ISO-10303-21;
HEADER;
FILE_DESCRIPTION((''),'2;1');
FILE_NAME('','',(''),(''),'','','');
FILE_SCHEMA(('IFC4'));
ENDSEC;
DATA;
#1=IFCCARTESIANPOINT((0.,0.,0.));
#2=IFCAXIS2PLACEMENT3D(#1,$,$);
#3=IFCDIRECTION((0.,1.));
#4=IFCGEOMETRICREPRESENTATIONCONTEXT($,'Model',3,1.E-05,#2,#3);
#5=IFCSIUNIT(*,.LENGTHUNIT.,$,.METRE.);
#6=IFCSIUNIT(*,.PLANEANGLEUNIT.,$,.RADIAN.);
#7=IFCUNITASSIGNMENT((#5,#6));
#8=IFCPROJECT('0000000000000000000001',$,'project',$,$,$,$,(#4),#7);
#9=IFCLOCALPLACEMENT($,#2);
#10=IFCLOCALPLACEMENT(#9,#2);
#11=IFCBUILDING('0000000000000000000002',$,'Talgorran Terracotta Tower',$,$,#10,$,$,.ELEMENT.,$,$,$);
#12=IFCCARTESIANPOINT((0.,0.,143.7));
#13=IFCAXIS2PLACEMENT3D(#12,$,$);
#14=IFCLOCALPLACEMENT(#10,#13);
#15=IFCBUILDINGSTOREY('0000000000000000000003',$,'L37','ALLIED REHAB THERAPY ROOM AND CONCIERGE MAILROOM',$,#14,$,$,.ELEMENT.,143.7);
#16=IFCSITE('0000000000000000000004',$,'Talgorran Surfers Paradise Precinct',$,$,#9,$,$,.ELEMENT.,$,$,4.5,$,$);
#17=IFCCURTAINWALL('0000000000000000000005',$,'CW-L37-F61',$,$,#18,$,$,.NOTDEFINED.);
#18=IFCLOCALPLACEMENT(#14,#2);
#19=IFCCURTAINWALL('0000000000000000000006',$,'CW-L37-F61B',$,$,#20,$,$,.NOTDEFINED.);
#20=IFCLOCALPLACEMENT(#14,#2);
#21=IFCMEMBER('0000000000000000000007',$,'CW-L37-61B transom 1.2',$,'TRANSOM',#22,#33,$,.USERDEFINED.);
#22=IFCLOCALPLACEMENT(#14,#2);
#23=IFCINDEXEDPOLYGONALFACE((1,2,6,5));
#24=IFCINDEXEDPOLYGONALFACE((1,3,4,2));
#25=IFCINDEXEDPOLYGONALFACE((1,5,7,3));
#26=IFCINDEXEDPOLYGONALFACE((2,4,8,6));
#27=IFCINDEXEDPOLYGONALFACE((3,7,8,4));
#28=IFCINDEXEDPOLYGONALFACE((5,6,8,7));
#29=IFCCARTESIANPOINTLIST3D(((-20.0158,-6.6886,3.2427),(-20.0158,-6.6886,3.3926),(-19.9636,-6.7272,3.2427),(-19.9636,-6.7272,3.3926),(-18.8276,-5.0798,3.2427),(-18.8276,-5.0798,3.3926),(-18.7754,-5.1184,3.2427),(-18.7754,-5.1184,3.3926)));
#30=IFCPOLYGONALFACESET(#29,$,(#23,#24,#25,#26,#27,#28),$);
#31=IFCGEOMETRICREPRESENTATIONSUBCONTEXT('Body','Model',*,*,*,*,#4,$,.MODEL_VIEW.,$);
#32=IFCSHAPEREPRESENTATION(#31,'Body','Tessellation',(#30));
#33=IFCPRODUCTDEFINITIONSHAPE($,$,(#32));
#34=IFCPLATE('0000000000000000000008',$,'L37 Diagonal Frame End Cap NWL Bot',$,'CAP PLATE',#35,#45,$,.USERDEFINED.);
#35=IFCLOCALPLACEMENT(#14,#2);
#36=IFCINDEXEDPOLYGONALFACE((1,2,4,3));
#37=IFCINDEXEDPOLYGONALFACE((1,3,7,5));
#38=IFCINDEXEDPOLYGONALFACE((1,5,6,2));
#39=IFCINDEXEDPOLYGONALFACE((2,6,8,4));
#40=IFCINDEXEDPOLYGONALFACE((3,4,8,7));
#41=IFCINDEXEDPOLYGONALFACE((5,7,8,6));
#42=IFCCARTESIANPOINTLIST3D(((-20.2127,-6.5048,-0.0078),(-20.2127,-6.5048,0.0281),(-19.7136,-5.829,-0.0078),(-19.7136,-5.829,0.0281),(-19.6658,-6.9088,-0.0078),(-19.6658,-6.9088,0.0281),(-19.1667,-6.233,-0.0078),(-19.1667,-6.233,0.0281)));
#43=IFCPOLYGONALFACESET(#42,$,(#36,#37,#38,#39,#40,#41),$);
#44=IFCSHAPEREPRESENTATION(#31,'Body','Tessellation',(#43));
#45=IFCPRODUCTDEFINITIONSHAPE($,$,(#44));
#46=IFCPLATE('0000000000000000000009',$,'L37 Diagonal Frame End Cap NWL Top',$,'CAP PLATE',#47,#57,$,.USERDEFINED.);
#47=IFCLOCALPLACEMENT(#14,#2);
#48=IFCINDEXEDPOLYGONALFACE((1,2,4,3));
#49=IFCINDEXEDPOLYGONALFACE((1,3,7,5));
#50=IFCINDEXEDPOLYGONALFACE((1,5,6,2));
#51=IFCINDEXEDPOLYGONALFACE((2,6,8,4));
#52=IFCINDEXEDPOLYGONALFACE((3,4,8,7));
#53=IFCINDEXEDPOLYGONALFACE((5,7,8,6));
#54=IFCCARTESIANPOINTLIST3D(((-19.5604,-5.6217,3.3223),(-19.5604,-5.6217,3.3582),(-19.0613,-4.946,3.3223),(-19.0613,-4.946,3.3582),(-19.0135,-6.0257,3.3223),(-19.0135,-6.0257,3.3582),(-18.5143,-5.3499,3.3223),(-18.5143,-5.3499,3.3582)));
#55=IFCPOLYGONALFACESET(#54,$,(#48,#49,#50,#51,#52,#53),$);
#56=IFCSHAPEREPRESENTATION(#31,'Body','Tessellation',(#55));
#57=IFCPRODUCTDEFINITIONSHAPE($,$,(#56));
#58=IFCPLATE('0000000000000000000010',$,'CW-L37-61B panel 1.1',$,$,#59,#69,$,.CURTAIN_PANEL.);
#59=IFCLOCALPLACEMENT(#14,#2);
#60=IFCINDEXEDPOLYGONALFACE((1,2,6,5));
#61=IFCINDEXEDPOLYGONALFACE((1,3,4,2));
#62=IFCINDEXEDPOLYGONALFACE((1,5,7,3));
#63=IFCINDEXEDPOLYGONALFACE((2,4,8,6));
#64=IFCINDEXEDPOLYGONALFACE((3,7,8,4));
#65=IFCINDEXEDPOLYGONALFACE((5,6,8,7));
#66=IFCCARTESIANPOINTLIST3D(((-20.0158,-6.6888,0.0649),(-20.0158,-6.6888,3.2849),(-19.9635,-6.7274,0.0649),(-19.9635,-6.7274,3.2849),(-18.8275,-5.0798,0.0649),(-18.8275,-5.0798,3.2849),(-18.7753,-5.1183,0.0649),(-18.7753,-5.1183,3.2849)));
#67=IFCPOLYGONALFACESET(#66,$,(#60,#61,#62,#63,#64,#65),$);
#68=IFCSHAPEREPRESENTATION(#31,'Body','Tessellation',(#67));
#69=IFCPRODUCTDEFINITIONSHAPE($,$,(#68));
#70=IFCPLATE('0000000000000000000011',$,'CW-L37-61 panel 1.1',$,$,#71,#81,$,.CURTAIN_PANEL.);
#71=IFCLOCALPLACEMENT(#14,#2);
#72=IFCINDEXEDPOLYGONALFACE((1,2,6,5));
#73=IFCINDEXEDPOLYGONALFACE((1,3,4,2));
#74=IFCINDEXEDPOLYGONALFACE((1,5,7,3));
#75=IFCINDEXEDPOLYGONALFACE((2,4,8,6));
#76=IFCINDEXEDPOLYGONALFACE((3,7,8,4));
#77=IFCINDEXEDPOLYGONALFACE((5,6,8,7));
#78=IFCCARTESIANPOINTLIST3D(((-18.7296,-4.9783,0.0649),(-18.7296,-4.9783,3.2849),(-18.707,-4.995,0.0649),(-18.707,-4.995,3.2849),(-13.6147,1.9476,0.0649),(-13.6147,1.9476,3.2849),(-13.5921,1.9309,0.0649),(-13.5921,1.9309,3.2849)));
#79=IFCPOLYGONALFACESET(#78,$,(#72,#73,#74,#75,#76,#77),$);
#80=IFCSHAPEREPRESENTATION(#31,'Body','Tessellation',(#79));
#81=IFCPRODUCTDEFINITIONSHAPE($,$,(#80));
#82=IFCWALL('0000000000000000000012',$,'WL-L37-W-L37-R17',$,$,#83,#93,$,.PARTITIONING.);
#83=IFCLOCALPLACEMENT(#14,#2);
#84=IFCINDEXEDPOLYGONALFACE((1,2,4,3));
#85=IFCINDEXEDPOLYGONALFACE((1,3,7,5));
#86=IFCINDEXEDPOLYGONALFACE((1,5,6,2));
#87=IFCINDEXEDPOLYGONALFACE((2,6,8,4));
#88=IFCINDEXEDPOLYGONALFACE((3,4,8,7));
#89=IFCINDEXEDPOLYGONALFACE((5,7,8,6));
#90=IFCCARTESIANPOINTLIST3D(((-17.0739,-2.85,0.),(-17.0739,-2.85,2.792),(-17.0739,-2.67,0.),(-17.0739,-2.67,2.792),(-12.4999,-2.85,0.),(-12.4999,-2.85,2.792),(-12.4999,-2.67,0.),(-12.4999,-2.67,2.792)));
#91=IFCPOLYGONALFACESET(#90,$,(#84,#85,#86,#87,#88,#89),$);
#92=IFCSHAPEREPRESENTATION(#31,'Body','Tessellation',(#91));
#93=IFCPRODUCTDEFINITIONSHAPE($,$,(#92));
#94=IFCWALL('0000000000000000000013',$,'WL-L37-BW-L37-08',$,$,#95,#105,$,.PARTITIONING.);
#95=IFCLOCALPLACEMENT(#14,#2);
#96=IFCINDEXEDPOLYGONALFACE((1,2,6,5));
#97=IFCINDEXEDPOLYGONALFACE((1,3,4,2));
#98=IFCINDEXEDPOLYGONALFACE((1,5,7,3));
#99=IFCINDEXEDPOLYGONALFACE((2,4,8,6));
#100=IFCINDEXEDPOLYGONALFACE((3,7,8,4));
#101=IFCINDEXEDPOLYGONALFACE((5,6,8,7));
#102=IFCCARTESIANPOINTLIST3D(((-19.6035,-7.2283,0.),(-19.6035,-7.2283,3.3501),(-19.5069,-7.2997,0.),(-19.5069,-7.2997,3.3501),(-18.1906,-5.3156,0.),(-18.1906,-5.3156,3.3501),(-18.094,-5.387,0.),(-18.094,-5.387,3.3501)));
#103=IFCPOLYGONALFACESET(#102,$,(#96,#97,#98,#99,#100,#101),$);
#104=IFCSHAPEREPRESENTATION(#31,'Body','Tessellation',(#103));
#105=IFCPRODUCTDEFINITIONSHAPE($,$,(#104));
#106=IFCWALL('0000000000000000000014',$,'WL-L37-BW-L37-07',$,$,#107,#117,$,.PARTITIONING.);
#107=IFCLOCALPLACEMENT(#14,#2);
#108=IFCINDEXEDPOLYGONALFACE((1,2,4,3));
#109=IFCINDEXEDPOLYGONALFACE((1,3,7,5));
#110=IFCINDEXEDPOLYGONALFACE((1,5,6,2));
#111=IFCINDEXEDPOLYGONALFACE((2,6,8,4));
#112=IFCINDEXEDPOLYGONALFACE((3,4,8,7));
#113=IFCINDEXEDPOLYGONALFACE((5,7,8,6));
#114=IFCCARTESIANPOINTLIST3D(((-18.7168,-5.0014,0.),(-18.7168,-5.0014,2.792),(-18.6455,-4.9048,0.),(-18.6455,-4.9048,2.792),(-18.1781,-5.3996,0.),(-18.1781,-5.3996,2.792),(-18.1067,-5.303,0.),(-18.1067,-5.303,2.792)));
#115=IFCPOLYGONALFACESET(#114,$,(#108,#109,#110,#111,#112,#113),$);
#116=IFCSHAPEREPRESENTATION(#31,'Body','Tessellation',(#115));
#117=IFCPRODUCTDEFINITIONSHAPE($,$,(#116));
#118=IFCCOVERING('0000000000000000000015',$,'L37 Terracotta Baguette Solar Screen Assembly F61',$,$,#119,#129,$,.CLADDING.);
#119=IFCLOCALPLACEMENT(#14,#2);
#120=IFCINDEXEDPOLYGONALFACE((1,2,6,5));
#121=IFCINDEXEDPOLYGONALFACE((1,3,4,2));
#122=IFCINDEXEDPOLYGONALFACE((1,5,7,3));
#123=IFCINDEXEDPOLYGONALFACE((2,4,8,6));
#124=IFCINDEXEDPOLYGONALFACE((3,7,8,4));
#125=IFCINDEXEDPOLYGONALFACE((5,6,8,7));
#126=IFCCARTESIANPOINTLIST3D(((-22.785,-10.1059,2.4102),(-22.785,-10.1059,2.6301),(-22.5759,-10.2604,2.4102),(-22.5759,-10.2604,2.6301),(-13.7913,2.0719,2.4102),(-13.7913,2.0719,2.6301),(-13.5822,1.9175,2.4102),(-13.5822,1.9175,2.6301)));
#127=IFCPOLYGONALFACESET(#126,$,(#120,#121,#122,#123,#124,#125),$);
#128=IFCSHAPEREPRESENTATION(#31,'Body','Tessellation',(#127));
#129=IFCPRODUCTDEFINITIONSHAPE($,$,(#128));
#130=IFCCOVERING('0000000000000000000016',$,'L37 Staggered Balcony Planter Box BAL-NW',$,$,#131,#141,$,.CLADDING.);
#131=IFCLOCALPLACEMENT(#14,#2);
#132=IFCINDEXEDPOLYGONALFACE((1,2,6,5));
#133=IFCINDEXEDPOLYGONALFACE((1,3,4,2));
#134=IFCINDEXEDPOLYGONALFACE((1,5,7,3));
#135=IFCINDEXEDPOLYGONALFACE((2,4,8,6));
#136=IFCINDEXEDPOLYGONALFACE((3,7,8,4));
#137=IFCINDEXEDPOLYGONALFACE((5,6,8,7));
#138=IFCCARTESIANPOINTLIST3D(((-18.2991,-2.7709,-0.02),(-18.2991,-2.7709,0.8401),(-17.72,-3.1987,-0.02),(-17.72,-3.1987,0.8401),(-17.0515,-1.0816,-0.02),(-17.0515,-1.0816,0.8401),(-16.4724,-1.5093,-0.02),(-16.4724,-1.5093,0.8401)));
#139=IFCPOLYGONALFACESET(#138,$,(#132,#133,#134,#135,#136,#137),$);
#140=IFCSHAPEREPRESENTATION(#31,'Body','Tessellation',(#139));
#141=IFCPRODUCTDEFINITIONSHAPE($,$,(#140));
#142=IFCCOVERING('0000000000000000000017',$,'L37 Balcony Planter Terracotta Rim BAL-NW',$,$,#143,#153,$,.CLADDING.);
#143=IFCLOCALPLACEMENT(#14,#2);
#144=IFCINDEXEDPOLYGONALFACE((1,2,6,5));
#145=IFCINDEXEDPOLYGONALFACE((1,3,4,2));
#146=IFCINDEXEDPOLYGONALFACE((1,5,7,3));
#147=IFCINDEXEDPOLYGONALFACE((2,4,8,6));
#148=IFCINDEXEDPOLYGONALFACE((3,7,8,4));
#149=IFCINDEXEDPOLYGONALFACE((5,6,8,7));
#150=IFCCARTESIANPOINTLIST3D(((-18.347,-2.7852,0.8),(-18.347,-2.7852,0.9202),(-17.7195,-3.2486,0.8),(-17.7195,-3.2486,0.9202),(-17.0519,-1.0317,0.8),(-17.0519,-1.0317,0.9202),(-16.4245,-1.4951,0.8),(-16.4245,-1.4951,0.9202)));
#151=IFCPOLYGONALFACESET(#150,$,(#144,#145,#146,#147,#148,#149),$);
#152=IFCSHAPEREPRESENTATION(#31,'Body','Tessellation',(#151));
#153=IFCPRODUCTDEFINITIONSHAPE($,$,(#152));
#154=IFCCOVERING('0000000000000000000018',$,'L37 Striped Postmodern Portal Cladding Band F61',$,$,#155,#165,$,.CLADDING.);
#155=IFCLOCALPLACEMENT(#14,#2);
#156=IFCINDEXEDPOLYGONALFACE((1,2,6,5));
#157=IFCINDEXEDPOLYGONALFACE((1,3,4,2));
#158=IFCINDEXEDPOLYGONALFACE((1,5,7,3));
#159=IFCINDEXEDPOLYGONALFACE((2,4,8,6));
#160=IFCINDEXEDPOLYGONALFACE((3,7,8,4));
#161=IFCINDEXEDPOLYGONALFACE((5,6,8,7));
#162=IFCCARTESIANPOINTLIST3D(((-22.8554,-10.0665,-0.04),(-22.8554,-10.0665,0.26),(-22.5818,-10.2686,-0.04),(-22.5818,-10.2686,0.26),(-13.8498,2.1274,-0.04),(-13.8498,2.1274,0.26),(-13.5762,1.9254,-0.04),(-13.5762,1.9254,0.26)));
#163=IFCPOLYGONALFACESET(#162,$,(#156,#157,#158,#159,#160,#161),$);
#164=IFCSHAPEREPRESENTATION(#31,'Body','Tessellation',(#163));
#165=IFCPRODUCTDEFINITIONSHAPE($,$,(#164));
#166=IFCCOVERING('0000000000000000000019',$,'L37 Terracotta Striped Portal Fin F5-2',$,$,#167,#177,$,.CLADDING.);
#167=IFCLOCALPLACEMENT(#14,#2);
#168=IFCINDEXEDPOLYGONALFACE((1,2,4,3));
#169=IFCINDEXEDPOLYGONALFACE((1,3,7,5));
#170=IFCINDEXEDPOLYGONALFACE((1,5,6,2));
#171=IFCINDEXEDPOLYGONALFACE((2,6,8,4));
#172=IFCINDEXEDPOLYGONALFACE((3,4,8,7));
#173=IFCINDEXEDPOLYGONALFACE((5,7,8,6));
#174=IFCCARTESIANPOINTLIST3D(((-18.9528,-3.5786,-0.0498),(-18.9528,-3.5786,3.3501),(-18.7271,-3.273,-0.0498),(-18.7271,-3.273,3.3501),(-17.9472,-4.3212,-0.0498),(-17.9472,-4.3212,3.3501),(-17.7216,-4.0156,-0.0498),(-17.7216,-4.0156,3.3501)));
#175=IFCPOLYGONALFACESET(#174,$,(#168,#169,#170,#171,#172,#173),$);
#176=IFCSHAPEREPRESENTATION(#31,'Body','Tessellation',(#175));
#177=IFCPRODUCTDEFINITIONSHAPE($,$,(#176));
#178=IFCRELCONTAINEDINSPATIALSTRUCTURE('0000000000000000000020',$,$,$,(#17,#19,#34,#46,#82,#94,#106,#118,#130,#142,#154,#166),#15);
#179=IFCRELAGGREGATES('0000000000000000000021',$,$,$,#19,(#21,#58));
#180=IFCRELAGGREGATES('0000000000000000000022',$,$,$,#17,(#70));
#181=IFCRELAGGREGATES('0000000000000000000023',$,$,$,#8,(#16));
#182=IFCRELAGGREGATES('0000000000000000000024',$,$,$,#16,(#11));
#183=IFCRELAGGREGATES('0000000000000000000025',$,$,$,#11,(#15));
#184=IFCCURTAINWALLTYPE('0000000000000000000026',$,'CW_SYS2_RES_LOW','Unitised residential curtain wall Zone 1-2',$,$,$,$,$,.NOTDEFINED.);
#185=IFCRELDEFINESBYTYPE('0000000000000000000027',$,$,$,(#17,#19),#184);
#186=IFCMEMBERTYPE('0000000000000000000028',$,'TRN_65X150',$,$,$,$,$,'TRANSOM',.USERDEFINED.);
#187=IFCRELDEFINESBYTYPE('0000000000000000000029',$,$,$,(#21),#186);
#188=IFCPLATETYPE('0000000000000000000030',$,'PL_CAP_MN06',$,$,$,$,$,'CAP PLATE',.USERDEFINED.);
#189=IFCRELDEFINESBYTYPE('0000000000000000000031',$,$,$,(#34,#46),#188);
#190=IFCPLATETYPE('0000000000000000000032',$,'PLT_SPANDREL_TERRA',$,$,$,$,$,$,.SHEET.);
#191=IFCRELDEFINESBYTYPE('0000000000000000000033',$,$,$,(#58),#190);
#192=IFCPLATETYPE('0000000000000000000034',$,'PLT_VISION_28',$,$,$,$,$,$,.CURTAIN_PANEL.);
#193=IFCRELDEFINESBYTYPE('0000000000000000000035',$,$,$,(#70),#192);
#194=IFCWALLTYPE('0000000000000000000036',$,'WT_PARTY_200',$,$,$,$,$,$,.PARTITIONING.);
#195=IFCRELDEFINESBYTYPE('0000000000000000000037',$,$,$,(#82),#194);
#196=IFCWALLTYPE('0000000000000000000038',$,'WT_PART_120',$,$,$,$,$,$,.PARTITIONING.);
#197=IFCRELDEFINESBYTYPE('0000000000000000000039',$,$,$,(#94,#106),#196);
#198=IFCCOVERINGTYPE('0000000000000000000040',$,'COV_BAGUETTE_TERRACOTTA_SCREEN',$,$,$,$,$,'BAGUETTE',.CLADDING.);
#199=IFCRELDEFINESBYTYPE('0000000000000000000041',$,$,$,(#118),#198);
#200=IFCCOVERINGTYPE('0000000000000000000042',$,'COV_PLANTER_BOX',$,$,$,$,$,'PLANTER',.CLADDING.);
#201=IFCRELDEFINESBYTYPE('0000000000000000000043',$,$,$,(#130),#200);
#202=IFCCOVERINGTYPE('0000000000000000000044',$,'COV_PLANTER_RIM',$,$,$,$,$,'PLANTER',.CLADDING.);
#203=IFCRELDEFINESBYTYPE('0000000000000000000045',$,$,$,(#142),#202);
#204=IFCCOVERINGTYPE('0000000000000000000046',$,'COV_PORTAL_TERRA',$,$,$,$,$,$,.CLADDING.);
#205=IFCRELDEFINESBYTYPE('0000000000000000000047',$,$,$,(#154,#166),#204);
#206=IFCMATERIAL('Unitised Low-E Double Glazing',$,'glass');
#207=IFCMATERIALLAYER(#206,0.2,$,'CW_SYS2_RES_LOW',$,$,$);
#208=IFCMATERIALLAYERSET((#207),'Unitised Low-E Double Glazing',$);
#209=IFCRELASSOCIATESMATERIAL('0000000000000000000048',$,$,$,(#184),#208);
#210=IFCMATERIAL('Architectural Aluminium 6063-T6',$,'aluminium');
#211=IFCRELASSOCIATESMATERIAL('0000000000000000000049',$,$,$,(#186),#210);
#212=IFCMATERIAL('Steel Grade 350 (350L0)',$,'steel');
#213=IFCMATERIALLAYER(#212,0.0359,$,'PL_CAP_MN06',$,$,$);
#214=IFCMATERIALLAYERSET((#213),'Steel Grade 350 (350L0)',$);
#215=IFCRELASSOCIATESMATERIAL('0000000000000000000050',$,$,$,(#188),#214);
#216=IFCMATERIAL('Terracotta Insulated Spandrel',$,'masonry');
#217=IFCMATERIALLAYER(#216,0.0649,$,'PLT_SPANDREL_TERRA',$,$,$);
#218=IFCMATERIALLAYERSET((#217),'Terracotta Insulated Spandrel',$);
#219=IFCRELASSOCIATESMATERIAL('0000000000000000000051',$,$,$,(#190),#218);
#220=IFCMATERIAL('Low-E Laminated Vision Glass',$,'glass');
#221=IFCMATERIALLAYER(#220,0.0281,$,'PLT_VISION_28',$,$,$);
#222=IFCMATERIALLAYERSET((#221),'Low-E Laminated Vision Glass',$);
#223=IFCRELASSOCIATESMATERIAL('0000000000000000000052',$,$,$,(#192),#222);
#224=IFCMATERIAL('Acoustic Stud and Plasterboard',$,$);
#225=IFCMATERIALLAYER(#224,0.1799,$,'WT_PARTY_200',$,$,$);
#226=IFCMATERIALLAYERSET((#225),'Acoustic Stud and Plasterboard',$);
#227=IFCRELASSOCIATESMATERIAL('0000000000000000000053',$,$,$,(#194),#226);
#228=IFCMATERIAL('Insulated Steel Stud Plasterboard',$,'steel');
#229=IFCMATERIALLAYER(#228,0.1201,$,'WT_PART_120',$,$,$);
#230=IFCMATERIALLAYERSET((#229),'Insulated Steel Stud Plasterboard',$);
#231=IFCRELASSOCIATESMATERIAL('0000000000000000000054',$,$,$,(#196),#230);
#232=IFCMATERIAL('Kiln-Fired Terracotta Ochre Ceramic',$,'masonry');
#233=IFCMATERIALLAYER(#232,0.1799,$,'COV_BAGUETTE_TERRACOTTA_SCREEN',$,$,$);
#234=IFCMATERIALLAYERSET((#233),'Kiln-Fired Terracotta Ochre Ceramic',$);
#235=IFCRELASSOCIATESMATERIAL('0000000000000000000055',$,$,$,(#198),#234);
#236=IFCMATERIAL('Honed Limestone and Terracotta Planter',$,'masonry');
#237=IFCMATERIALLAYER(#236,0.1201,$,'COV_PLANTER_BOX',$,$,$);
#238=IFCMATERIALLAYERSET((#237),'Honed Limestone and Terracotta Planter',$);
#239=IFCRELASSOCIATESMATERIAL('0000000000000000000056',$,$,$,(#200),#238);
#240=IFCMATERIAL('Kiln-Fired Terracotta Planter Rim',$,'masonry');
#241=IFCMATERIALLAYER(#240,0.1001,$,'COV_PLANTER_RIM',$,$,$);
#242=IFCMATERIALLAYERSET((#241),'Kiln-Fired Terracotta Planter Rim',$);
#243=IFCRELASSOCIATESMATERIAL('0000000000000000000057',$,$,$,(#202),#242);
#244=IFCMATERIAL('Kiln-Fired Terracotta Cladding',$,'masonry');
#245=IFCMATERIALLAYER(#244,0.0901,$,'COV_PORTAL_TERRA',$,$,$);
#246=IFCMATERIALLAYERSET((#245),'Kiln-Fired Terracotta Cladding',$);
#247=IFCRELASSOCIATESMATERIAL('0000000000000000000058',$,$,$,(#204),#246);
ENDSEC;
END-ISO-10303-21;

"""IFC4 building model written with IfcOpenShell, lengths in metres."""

from ifc_helpers import new_model, si_unit, direction, frame, frame_2d, origin, origin_2d, place, context, subcontext, project, spatial, rectangle, extrude, source, transform, mapped, material, layer, layer_set, material_profile, profile_set, type_object, type_shapes, element, aggregate, save


model = new_model("IFC4")

# Units and contexts
model_context = context("Model", 3, precision=1e-05, world=origin(), true_north=direction((0.0, 1.0)))
body_context = subcontext(model_context, "Body", "Model", "MODEL_VIEW")
ifc_project = project(units=[si_unit("LENGTHUNIT", "METRE"), si_unit("PLANEANGLEUNIT", "RADIAN")], contexts=[model_context])

# Site, building, storey
site_placement = place(None, origin())
site = spatial("IfcSite", under=ifc_project, at=site_placement, Name="Talgorran Surfers Paradise Precinct", CompositionType="ELEMENT", RefElevation=4.5)
building_placement = place(site_placement, origin())
building = spatial("IfcBuilding", under=site, at=building_placement, Name="Talgorran Terracotta Tower", CompositionType="ELEMENT")
storey_placement = place(building_placement, frame((0.0, 0.0, 143.7)))
storey = spatial("IfcBuildingStorey", under=building, at=storey_placement, Name="L37", Description="ALLIED REHAB THERAPY ROOM AND CONCIERGE MAILROOM", CompositionType="ELEMENT", Elevation=143.7)

# Shared definitions
ifc_material_1 = material(Name="Steel Grade 350 (350L0)", Category="steel")

# Curtain walls
ifc_material_2 = material(Name="Unitised Low-E Double Glazing", Category="glass")
ifc_layer_1 = layer(ifc_material_2, 0.2, Name="CW_SYS2_RES_LOW")
ifc_layer_set_1 = layer_set([ifc_layer_1], Name="Unitised Low-E Double Glazing")
curtain_wall_type = type_object("IfcCurtainWallType", Name="CW_SYS2_RES_LOW", Description="Unitised residential curtain wall Zone 1-2", PredefinedType="NOTDEFINED", material=ifc_layer_set_1)
curtain_wall_1_placement = place(storey_placement, origin())
curtain_wall_1 = element("IfcCurtainWall", 1, at=curtain_wall_1_placement, inside=storey, type_object=curtain_wall_type, Name="CW-L37-F61", PredefinedType="NOTDEFINED")
ifc_material_3 = material(Name="Architectural Aluminium 6063-T6", Category="aluminium")
curtain_wall_2_placement = place(storey_placement, origin())
curtain_wall_2 = element("IfcCurtainWall", 2, at=curtain_wall_2_placement, inside=storey, type_object=curtain_wall_type, Name="CW-L37-F61B", PredefinedType="NOTDEFINED")

# Member
ifc_material_profile_1 = material_profile(ifc_material_3, rectangle(XDim=0.0649, YDim=0.1499, at=origin_2d()), Name="CWT65X150")
ifc_profile_set_1 = profile_set([ifc_material_profile_1], Name="Architectural Aluminium 6063-T6")
member_type_1 = type_object("IfcMemberType", Name="TRN_65X150", ElementType="TRANSOM", PredefinedType="USERDEFINED", material=ifc_profile_set_1)
member_1_placement = place(storey_placement, frame((-18.8015, -5.0991, 3.3176), z_axis=(-0.594086, -0.804402, 0.0), x_axis=(0.804402, -0.594086, 0.0)))
member_1 = element("IfcMember", 3, at=member_1_placement, type_object=member_type_1, Name="CW-L37-61B transom 1.2", ObjectType="TRANSOM", PredefinedType="USERDEFINED", context=body_context, shape_type="SweptSolid", body=[
    extrude(rectangle(XDim=0.0649, YDim=0.1499, at=origin_2d()), origin(), (0.0, 0.0, 1.0), 2.0),
])

# Plates
ifc_layer_2 = layer(ifc_material_1, 0.0359, Name="PL_CAP_MN06")
ifc_layer_set_2 = layer_set([ifc_layer_2], Name="Steel Grade 350 (350L0)")
plate_type_1 = type_object("IfcPlateType", Name="PL_CAP_MN06", ElementType="CAP PLATE", PredefinedType="USERDEFINED", material=ifc_layer_set_2)
for number, where, z_axis, x_axis, name in (
    (4, (-19.6897, -6.3689, -0.0078), (0.0, 0.0, 1.0), (0.594121, 0.804376, 0.0), "L37 Diagonal Frame End Cap NWL Bot"),
    (5, (-19.0374, -5.4858, 3.3223), (0.0, 0.0, 1.0), (0.594121, 0.804376, 0.0), "L37 Diagonal Frame End Cap NWL Top"),
):
    element("IfcPlate", number, at=place(storey_placement, frame(where, z_axis=z_axis, x_axis=x_axis)), inside=storey, type_object=plate_type_1, Name=name, ObjectType="CAP PLATE", PredefinedType="USERDEFINED", context=body_context, shape_type="SweptSolid", body=[
        extrude(rectangle(XDim=0.8401, YDim=0.6799, at=origin_2d()), origin(), (0.0, 0.0, 1.0), 0.0359),
    ])

# Plates
ifc_material_4 = material(Name="Terracotta Insulated Spandrel", Category="masonry")
ifc_layer_3 = layer(ifc_material_4, 0.0649, Name="PLT_SPANDREL_TERRA")
ifc_layer_set_3 = layer_set([ifc_layer_3], Name="Terracotta Insulated Spandrel")
plate_type_2 = type_object("IfcPlateType", Name="PLT_SPANDREL_TERRA", PredefinedType="SHEET", material=ifc_layer_set_3)
shared_shape_1 = source(origin(), body_context, "Body", "SweptSolid", [
    extrude(rectangle(XDim=2.0002, YDim=0.0649, at=origin_2d()), origin(), (0.0, 0.0, 1.0), 3.22),
])
type_shapes(plate_type_2, [shared_shape_1])
plate_1_placement = place(storey_placement, frame((-19.3955, -5.9036, 0.0649), z_axis=(0.0, 0.0, 1.0), x_axis=(-0.594065, -0.804417, 0.0)))
plate_1 = element("IfcPlate", 6, at=plate_1_placement, type_object=plate_type_2, Name="CW-L37-61B panel 1.1", PredefinedType="CURTAIN_PANEL", context=body_context, shape_type="MappedRepresentation", body=[
    mapped(shared_shape_1, transform((0.0, 0.0, 0.0), scale=1.0)),
])
aggregate(curtain_wall_2, [member_1, plate_1])
ifc_material_5 = material(Name="Low-E Laminated Vision Glass", Category="glass")
ifc_layer_4 = layer(ifc_material_5, 0.0281, Name="PLT_VISION_28")
ifc_layer_set_4 = layer_set([ifc_layer_4], Name="Low-E Laminated Vision Glass")
plate_type_3 = type_object("IfcPlateType", Name="PLT_VISION_28", PredefinedType="CURTAIN_PANEL", material=ifc_layer_set_4)
shared_shape_2 = source(origin(), body_context, "Body", "SweptSolid", [
    extrude(rectangle(XDim=8.6099, YDim=0.0281, at=origin_2d()), origin(), (0.0, 0.0, 1.0), 3.22),
])
type_shapes(plate_type_3, [shared_shape_2])
plate_2_placement = place(storey_placement, frame((-16.1609, -1.5237, 0.0649), z_axis=(0.0, 0.0, 1.0), x_axis=(-0.594074, -0.80441, 0.0)))
plate_2 = element("IfcPlate", 7, at=plate_2_placement, type_object=plate_type_3, Name="CW-L37-61 panel 1.1", PredefinedType="CURTAIN_PANEL", context=body_context, shape_type="MappedRepresentation", body=[
    mapped(shared_shape_2, transform((0.0, 0.0, 0.0), scale=1.0)),
])
aggregate(curtain_wall_1, [plate_2])

# Walls
ifc_material_6 = material(Name="Acoustic Stud and Plasterboard")
ifc_layer_5 = layer(ifc_material_6, 0.1799, Name="WT_PARTY_200")
ifc_layer_set_5 = layer_set([ifc_layer_5], Name="Acoustic Stud and Plasterboard")
wall_type_1 = type_object("IfcWallType", Name="WT_PARTY_200", PredefinedType="PARTITIONING", material=ifc_layer_set_5)
wall_1_placement = place(storey_placement, frame((-17.074, -2.76, 0.0), z_axis=(0.0, 0.0, 1.0), x_axis=(1.0, 0.0, 0.0)))
element("IfcWall", 8, at=wall_1_placement, inside=storey, type_object=wall_type_1, Name="WL-L37-W-L37-R17", PredefinedType="PARTITIONING", context=body_context, shape_type="SweptSolid", body=[
    extrude(rectangle(XDim=4.574, YDim=0.1799, at=frame_2d((2.2871, 0.0))), origin(), (0.0, 0.0, 1.0), 2.792),
])
ifc_material_7 = material(Name="Insulated Steel Stud Plasterboard", Category="steel")
ifc_layer_6 = layer(ifc_material_7, 0.1201, Name="WT_PART_120")
ifc_layer_set_6 = layer_set([ifc_layer_6], Name="Insulated Steel Stud Plasterboard")
wall_type_2 = type_object("IfcWallType", Name="WT_PART_120", PredefinedType="PARTITIONING", material=ifc_layer_set_6)
wall_2_placement = place(storey_placement, frame((-18.1423, -5.3513, 0.0), z_axis=(0.0, 0.0, 1.0), x_axis=(-0.594169, -0.80434, 0.0)))
element("IfcWall", 9, at=wall_2_placement, inside=storey, type_object=wall_type_2, Name="WL-L37-BW-L37-08", PredefinedType="PARTITIONING", context=body_context, shape_type="SweptSolid", body=[
    extrude(rectangle(XDim=2.3779, YDim=0.1201, at=frame_2d((1.189, 0.0))), origin(), (0.0, 0.0, 1.0), 3.3501),
])
wall_3_placement = place(storey_placement, frame((-18.6812, -4.9531, 0.0), z_axis=(0.0, 0.0, 1.0), x_axis=(0.804222, -0.59433, 0.0)))
element("IfcWall", 10, at=wall_3_placement, inside=storey, type_object=wall_type_2, Name="WL-L37-BW-L37-07", PredefinedType="PARTITIONING", context=body_context, shape_type="SweptSolid", body=[
    extrude(rectangle(XDim=0.6699, YDim=0.1201, at=frame_2d((0.335, 0.0))), origin(), (0.0, 0.0, 1.0), 2.792),
])

# Coverings
ifc_material_8 = material(Name="Kiln-Fired Terracotta Ochre Ceramic", Category="masonry")
ifc_layer_7 = layer(ifc_material_8, 0.1799, Name="COV_BAGUETTE_TERRACOTTA_SCREEN")
ifc_layer_set_7 = layer_set([ifc_layer_7], Name="Kiln-Fired Terracotta Ochre Ceramic")
covering_type_1 = type_object("IfcCoveringType", Name="COV_BAGUETTE_TERRACOTTA_SCREEN", ElementType="BAGUETTE", PredefinedType="CLADDING", material=ifc_layer_set_7)
covering_1_placement = place(storey_placement, frame((-18.1836, -4.0942, 2.4102), z_axis=(0.0, 0.0, 1.0), x_axis=(-0.594079, -0.804407, 0.0)))
element("IfcCovering", 11, at=covering_1_placement, inside=storey, type_object=covering_type_1, Name="L37 Terracotta Baguette Solar Screen Assembly F61", PredefinedType="CLADDING", context=body_context, shape_type="SweptSolid", body=[
    extrude(rectangle(XDim=15.1389, YDim=0.26, at=origin_2d()), origin(), (0.0, 0.0, 1.0), 0.22),
])
ifc_material_9 = material(Name="Honed Limestone and Terracotta Planter", Category="masonry")
ifc_layer_8 = layer(ifc_material_9, 0.1201, Name="COV_PLANTER_BOX")
ifc_layer_set_8 = layer_set([ifc_layer_8], Name="Honed Limestone and Terracotta Planter")
covering_type_2 = type_object("IfcCoveringType", Name="COV_PLANTER_BOX", ElementType="PLANTER", PredefinedType="CLADDING", material=ifc_layer_set_8)
covering_2_placement = place(storey_placement, frame((-17.3857, -2.1401, -0.02), z_axis=(0.0, 0.0, 1.0), x_axis=(-0.594079, -0.804407, 0.0)))
element("IfcCovering", 12, at=covering_2_placement, inside=storey, type_object=covering_type_2, Name="L37 Staggered Balcony Planter Box BAL-NW", PredefinedType="CLADDING", context=body_context, shape_type="SweptSolid", body=[
    extrude(rectangle(XDim=2.1001, YDim=0.72, at=origin_2d()), origin(), (0.0, 0.0, 1.0), 0.8601),
])
ifc_material_10 = material(Name="Kiln-Fired Terracotta Planter Rim", Category="masonry")
ifc_layer_9 = layer(ifc_material_10, 0.1001, Name="COV_PLANTER_RIM")
ifc_layer_set_9 = layer_set([ifc_layer_9], Name="Kiln-Fired Terracotta Planter Rim")
covering_type_3 = type_object("IfcCoveringType", Name="COV_PLANTER_RIM", ElementType="PLANTER", PredefinedType="CLADDING", material=ifc_layer_set_9)
covering_3_placement = place(storey_placement, frame((-17.3857, -2.1401, 0.8), z_axis=(0.0, 0.0, 1.0), x_axis=(-0.594079, -0.804407, 0.0)))
element("IfcCovering", 13, at=covering_3_placement, inside=storey, type_object=covering_type_3, Name="L37 Balcony Planter Terracotta Rim BAL-NW", PredefinedType="CLADDING", context=body_context, shape_type="SweptSolid", body=[
    extrude(rectangle(XDim=2.1799, YDim=0.78, at=origin_2d()), origin(), (0.0, 0.0, 1.0), 0.1201),
])
ifc_material_11 = material(Name="Kiln-Fired Terracotta Cladding", Category="masonry")
ifc_layer_10 = layer(ifc_material_11, 0.0901, Name="COV_PORTAL_TERRA")
ifc_layer_set_10 = layer_set([ifc_layer_10], Name="Kiln-Fired Terracotta Cladding")
covering_type_4 = type_object("IfcCoveringType", Name="COV_PORTAL_TERRA", PredefinedType="CLADDING", material=ifc_layer_set_10)
covering_4_placement = place(storey_placement, frame((-18.2158, -4.0706, -0.04), z_axis=(0.0, 0.0, 1.0), x_axis=(-0.594079, -0.804407, 0.0)))
element("IfcCovering", 14, at=covering_4_placement, inside=storey, type_object=covering_type_4, Name="L37 Striped Postmodern Portal Cladding Band F61", PredefinedType="CLADDING", context=body_context, shape_type="SweptSolid", body=[
    extrude(rectangle(XDim=15.1589, YDim=0.3401, at=origin_2d()), origin(), (0.0, 0.0, 1.0), 0.3),
])
covering_5_placement = place(storey_placement, frame((-18.3372, -3.7971, -0.0498), z_axis=(0.0, 0.0, 1.0), x_axis=(-0.594079, -0.804407, 0.0)))
element("IfcCovering", 15, at=covering_5_placement, inside=storey, type_object=covering_type_4, Name="L37 Terracotta Striped Portal Fin F5-2", PredefinedType="CLADDING", context=body_context, shape_type="SweptSolid", body=[
    extrude(rectangle(XDim=0.3799, YDim=1.25, at=origin_2d()), origin(), (0.0, 0.0, 1.0), 3.3999),
])

save(model, "model.ifc")
